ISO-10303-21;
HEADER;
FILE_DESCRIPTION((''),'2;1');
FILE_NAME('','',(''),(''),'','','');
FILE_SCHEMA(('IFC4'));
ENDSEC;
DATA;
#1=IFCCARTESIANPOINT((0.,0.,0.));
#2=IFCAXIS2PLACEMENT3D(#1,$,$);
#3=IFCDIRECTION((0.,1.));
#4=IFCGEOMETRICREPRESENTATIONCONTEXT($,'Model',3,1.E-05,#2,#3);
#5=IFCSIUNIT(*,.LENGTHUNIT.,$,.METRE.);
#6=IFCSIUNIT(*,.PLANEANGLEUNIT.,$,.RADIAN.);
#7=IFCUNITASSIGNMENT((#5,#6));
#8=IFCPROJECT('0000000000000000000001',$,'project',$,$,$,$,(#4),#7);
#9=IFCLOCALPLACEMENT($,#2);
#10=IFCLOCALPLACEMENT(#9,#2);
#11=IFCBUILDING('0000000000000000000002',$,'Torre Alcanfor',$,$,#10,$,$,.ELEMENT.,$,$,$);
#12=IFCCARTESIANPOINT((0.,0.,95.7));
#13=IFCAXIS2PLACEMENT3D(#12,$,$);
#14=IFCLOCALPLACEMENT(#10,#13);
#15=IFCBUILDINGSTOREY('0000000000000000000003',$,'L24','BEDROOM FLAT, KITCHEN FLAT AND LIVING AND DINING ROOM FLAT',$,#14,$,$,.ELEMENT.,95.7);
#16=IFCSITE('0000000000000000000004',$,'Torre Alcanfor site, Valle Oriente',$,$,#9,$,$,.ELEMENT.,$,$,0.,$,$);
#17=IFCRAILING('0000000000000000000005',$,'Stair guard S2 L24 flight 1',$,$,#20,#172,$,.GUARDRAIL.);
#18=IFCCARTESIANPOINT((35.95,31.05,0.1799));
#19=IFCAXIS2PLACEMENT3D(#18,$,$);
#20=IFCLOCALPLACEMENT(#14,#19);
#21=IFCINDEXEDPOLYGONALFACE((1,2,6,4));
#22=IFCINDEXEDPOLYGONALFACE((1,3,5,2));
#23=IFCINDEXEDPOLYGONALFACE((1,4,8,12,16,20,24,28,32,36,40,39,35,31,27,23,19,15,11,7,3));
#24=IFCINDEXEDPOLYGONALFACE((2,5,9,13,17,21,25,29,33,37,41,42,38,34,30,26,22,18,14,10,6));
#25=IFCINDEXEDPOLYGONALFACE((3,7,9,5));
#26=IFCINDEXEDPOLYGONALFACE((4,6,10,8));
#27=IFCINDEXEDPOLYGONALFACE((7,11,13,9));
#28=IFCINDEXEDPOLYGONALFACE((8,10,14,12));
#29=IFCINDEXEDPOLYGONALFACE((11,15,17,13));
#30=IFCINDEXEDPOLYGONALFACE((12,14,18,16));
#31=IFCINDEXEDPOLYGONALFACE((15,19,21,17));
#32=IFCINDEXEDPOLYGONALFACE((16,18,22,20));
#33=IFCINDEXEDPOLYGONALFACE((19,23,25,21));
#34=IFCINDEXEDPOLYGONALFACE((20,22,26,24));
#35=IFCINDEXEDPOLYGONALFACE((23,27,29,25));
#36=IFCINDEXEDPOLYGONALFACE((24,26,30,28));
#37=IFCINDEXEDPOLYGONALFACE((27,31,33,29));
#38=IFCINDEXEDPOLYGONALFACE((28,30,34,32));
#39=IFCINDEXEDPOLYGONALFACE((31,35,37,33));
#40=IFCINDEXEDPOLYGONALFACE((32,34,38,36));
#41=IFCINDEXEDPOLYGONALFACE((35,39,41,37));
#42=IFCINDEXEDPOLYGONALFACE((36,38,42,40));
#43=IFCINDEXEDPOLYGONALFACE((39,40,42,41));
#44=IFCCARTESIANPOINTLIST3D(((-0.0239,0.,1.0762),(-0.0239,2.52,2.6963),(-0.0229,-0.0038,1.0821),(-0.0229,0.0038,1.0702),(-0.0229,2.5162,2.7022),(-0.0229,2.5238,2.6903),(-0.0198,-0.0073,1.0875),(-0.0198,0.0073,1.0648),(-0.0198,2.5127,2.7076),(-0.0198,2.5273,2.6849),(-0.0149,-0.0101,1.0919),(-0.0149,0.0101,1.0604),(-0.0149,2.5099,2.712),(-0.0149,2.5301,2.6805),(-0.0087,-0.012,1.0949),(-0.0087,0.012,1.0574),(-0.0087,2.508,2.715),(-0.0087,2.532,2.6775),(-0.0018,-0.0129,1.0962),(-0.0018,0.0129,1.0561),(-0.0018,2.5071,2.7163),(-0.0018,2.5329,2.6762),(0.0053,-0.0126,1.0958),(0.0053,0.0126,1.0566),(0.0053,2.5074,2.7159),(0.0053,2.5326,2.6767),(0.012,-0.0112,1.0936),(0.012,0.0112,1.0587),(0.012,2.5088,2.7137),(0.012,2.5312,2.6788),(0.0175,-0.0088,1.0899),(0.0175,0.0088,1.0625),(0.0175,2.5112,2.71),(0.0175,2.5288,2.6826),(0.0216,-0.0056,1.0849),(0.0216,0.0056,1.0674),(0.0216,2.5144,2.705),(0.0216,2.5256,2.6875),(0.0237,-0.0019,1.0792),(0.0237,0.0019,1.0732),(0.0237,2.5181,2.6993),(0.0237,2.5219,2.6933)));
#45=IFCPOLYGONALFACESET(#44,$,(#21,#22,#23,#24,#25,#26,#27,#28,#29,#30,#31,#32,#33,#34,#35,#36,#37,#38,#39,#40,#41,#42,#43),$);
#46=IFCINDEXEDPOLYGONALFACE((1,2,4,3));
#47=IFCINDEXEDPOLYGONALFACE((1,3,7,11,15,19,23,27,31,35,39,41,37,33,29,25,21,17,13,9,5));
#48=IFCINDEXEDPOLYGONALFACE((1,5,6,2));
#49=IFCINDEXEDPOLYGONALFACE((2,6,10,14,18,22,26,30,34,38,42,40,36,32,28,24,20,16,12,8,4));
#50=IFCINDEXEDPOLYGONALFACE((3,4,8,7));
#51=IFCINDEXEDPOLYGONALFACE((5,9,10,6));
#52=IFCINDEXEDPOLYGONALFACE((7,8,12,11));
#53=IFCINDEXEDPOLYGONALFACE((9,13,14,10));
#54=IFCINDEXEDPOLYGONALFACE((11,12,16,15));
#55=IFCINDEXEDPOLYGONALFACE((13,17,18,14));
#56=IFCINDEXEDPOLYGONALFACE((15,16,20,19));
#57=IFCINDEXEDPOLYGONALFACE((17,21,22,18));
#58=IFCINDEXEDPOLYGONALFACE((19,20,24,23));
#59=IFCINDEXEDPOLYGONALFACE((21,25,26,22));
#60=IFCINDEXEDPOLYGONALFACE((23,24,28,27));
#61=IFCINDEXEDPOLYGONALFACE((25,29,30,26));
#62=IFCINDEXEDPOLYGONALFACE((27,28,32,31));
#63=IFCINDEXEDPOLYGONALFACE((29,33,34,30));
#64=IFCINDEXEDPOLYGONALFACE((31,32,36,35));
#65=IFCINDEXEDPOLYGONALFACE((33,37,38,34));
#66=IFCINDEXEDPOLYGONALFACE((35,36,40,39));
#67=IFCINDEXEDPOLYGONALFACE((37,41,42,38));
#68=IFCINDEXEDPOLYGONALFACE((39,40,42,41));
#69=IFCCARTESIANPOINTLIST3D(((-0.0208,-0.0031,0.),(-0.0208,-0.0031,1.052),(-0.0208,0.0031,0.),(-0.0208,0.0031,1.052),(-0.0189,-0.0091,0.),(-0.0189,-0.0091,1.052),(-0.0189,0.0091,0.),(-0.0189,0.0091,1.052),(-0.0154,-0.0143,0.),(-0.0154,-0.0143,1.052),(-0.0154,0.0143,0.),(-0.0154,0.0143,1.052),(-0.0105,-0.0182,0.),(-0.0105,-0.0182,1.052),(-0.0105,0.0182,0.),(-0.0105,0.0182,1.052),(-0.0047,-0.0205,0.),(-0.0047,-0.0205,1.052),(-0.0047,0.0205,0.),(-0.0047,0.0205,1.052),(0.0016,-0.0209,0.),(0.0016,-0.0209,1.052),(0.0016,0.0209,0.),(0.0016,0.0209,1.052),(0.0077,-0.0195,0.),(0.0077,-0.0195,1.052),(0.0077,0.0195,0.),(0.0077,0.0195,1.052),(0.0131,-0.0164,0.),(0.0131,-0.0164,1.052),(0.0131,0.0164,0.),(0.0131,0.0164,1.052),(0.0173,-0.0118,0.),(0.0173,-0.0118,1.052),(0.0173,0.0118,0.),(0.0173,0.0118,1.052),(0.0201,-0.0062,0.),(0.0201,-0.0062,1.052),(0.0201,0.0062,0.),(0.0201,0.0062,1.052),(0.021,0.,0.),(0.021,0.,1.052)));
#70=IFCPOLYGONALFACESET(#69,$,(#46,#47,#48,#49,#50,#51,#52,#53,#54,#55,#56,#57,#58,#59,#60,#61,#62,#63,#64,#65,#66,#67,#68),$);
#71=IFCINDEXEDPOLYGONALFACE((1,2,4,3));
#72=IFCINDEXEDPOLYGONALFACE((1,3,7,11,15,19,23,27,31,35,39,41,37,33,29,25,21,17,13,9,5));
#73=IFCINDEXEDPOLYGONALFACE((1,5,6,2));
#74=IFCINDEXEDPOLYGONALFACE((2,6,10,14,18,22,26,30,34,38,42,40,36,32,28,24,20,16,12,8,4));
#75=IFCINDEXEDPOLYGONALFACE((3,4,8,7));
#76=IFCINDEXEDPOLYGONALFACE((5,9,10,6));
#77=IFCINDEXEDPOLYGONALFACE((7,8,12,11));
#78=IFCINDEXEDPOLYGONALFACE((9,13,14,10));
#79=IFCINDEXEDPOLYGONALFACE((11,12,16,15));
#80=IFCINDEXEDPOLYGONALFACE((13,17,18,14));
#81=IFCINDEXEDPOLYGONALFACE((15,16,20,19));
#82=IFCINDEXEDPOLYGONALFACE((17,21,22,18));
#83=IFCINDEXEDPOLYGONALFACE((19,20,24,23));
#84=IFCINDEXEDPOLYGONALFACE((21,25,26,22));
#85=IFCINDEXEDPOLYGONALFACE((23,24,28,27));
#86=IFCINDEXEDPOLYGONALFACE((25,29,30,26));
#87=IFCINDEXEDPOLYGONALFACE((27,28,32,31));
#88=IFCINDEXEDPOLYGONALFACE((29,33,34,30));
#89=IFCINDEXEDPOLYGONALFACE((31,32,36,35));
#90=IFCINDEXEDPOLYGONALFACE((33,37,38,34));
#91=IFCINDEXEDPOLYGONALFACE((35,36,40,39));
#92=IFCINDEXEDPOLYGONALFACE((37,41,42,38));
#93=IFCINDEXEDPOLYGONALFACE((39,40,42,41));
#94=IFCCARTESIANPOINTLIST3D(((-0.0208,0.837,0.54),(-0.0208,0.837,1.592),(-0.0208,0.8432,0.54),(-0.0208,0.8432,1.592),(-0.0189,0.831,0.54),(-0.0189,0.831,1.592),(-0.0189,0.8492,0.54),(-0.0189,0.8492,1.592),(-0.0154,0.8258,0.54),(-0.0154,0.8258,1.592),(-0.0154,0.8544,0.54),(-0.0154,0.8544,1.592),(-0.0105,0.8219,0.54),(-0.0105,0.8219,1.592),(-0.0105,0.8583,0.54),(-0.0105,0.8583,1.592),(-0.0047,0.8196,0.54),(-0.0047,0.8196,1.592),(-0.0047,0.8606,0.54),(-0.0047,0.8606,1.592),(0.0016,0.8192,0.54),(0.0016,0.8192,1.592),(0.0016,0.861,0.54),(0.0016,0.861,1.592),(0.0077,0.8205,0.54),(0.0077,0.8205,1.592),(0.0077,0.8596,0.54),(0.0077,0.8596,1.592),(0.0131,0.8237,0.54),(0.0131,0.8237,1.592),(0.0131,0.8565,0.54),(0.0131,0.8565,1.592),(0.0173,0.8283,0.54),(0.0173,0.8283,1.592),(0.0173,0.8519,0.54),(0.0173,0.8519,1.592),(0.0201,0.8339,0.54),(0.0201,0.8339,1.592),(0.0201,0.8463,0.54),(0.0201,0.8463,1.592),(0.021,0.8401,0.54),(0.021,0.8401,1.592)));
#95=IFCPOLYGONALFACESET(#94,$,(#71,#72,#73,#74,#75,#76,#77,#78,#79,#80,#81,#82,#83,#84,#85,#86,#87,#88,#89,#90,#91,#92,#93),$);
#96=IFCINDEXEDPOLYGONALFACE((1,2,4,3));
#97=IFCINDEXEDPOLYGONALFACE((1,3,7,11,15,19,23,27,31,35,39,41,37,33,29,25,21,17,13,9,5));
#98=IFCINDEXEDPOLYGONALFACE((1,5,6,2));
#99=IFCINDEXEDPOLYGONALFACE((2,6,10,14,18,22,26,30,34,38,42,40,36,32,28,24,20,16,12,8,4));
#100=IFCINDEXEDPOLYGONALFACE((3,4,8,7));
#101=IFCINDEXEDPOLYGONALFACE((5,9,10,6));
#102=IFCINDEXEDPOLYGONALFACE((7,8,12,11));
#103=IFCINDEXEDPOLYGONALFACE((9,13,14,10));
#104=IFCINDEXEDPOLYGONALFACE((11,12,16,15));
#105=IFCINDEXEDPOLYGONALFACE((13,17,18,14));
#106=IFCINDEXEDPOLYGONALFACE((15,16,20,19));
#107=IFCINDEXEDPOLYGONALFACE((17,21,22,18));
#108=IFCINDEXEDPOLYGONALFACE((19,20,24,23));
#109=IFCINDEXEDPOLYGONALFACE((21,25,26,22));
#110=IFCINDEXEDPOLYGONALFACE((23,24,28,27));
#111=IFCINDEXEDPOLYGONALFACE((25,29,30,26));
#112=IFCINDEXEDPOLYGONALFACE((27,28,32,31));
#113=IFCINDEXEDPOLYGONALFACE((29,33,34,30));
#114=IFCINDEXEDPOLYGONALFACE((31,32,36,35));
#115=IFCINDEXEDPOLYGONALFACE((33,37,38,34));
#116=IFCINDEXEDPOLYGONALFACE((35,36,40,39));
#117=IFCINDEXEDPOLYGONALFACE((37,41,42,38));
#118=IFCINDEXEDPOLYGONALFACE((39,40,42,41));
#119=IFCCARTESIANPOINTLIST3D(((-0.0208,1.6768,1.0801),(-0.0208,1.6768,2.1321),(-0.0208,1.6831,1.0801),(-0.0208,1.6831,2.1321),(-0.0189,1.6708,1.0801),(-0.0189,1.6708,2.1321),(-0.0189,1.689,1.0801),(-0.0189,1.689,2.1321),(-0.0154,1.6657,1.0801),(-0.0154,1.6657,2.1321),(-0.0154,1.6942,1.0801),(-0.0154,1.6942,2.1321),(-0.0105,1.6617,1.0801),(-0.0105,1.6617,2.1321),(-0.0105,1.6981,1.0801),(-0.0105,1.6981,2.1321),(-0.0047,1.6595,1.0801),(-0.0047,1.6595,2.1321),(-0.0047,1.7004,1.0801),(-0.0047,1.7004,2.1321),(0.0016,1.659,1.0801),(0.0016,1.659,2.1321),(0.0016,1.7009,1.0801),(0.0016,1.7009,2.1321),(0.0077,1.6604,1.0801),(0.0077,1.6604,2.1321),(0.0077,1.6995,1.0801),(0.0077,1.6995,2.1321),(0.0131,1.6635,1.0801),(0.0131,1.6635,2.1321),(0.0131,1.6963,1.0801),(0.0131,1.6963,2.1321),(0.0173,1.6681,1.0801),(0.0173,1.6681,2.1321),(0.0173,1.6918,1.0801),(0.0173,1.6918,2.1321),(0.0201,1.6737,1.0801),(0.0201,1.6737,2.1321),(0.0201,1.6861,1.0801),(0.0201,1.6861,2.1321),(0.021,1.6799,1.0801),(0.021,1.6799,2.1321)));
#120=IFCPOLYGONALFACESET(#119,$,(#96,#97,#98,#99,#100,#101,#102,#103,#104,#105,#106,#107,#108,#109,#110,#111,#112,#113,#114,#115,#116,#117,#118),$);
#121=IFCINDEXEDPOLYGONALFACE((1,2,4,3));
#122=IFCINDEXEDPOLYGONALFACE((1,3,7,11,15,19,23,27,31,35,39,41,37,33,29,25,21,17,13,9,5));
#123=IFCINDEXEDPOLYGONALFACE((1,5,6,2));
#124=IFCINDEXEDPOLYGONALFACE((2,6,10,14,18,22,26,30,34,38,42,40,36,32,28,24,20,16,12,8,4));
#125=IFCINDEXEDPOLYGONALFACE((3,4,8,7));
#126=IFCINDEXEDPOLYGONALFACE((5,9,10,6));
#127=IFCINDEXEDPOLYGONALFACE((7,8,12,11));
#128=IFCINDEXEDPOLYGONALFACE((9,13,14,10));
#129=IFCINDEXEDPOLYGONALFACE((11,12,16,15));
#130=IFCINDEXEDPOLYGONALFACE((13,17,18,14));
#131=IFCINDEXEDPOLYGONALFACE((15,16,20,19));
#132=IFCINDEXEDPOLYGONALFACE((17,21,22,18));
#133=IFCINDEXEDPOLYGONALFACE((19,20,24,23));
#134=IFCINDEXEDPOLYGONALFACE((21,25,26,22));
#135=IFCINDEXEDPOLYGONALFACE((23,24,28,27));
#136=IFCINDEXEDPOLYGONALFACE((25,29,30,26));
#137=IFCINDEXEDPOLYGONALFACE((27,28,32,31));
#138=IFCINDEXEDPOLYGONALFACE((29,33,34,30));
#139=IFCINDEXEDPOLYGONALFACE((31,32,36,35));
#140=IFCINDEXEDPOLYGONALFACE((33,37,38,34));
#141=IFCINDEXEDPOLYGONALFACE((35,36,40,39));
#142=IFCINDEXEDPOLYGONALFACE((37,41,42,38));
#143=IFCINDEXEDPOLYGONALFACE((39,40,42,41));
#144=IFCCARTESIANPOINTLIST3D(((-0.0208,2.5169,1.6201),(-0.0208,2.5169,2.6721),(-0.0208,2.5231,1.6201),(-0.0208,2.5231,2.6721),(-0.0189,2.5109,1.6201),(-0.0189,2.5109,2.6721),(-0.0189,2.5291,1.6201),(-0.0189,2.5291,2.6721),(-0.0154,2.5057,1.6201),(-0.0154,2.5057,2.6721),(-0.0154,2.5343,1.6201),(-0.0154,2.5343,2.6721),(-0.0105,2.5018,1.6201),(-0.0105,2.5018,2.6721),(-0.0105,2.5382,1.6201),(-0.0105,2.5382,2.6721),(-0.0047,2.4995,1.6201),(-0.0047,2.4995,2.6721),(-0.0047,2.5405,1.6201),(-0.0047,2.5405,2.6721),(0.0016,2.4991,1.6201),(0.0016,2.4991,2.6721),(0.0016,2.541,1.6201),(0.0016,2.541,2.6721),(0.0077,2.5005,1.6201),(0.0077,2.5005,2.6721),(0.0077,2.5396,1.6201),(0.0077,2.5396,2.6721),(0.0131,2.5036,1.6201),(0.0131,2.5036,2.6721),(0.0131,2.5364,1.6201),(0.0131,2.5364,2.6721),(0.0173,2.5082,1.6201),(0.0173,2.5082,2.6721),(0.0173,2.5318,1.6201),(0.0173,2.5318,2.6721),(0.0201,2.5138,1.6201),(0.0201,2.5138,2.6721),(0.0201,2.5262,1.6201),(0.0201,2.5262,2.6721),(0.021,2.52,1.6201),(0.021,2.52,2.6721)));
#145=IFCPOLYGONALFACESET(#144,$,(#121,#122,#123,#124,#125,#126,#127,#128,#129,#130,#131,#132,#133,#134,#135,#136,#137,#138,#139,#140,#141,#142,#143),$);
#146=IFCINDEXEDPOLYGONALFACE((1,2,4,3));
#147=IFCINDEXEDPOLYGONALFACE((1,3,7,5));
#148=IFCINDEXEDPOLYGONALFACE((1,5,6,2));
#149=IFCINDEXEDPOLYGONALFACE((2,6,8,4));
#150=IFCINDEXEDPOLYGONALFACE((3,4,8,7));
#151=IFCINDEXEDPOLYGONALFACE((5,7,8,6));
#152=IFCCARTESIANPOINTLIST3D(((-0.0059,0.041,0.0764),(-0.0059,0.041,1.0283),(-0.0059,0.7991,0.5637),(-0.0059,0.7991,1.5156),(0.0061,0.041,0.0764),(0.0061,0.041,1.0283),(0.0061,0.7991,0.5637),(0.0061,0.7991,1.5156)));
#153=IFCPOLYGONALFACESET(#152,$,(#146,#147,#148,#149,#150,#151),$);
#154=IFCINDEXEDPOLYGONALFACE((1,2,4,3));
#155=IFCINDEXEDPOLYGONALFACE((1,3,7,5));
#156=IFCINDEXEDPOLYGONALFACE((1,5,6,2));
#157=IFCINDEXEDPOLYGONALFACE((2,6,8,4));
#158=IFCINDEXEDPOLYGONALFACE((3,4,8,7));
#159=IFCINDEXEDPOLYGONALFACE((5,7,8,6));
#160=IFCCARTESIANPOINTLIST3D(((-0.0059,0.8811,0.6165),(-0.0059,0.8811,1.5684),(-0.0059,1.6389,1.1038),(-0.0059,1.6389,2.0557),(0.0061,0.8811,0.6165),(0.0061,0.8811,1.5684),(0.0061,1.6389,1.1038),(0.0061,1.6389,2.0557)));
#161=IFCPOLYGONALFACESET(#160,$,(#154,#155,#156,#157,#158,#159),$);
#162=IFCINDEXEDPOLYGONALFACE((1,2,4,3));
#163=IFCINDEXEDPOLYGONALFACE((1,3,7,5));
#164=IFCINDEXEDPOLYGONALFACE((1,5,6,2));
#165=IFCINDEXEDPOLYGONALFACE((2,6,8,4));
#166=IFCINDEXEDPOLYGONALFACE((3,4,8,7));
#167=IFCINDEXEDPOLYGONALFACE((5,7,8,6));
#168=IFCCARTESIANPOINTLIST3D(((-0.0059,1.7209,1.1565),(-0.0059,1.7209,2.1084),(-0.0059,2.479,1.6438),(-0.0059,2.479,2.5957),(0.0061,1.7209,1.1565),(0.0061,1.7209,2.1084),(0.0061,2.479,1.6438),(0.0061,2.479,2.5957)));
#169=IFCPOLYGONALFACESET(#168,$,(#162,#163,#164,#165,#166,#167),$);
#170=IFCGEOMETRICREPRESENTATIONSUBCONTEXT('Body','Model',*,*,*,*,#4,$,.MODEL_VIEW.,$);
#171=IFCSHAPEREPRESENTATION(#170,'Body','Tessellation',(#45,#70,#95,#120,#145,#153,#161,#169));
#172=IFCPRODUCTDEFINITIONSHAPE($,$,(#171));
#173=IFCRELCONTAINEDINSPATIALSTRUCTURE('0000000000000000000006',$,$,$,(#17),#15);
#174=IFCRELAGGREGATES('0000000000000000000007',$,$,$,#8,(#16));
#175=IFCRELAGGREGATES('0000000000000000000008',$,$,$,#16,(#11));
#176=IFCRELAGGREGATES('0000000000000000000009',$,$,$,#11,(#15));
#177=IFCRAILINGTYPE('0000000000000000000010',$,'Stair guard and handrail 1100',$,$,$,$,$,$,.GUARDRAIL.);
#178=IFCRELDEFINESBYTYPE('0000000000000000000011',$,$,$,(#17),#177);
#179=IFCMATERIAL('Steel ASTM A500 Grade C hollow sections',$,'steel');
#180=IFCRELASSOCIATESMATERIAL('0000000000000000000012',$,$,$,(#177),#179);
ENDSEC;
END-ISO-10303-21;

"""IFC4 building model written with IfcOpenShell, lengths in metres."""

from ifc_helpers import new_model, si_unit, direction, frame, origin, origin_2d, place, context, subcontext, project, spatial, polyline, circle, outline, extrude, material, type_object, element, save


model = new_model("IFC4")

# Units and contexts
model_context = context("Model", 3, precision=1e-05, world=origin(), true_north=direction((0.0, 1.0)))
body_context = subcontext(model_context, "Body", "Model", "MODEL_VIEW")
ifc_project = project(units=[si_unit("LENGTHUNIT", "METRE"), si_unit("PLANEANGLEUNIT", "RADIAN")], contexts=[model_context])

# Site, building, storey
site_placement = place(None, origin())
site = spatial("IfcSite", under=ifc_project, at=site_placement, Name="Torre Alcanfor site, Valle Oriente", CompositionType="ELEMENT", RefElevation=0.0)
building_placement = place(site_placement, origin())
building = spatial("IfcBuilding", under=site, at=building_placement, Name="Torre Alcanfor", CompositionType="ELEMENT")
storey_placement = place(building_placement, frame((0.0, 0.0, 95.7)))
storey = spatial("IfcBuildingStorey", under=building, at=storey_placement, Name="L24", Description="BEDROOM FLAT, KITCHEN FLAT AND LIVING AND DINING ROOM FLAT", CompositionType="ELEMENT", Elevation=95.7)

# Railing
ifc_material_1 = material(Name="Steel ASTM A500 Grade C hollow sections", Category="steel")
railing_type_1 = type_object("IfcRailingType", Name="Stair guard and handrail 1100", PredefinedType="GUARDRAIL", material=ifc_material_1)
railing_1_placement = place(storey_placement, frame((35.95, 31.05, 0.1799)))
element("IfcRailing", 1, at=railing_1_placement, inside=storey, type_object=railing_type_1, Name="Stair guard S2 L24 flight 1", PredefinedType="GUARDRAIL", context=body_context, shape_type="SweptSolid", body=[
    extrude(circle(Radius=0.0239, at=origin_2d()), frame((0.0, 0.0, 1.0762), z_axis=(0.0, 0.841163, 0.540782), x_axis=(-1.0, 0.0, 0.0)), (0.0, 0.0, 1.0), 2.9958),
    extrude(circle(Radius=0.021, at=origin_2d()), origin(), (0.0, 0.0, 1.0), 1.052),
    extrude(circle(Radius=0.021, at=origin_2d()), frame((0.0, 0.8401, 0.54)), (0.0, 0.0, 1.0), 1.052),
    extrude(circle(Radius=0.021, at=origin_2d()), frame((0.0, 1.6799, 1.0801)), (0.0, 0.0, 1.0), 1.052),
    extrude(circle(Radius=0.021, at=origin_2d()), frame((0.0, 2.52, 1.6201)), (0.0, 0.0, 1.0), 1.052),
    extrude(outline(polyline([(0.041, 0.0764), (0.7991, 0.5637), (0.7991, 1.5156), (0.041, 1.0283), (0.041, 0.0764)])), frame((-0.0059, 0.0, 0.0), z_axis=(1.0, 0.0, 0.0), x_axis=(0.0, 1.0, 0.0)), (0.0, 0.0, 1.0), 0.012),
    extrude(outline(polyline([(0.8811, 0.6165), (1.6389, 1.1038), (1.6389, 2.0557), (0.8811, 1.5684), (0.8811, 0.6165)])), frame((-0.0059, 0.0, 0.0), z_axis=(1.0, 0.0, 0.0), x_axis=(0.0, 1.0, 0.0)), (0.0, 0.0, 1.0), 0.012),
    extrude(outline(polyline([(1.7209, 1.1565), (2.479, 1.6438), (2.479, 2.5957), (1.7209, 2.1084), (1.7209, 1.1565)])), frame((-0.0059, 0.0, 0.0), z_axis=(1.0, 0.0, 0.0), x_axis=(0.0, 1.0, 0.0)), (0.0, 0.0, 1.0), 0.012),
])

save(model, "model.ifc")
